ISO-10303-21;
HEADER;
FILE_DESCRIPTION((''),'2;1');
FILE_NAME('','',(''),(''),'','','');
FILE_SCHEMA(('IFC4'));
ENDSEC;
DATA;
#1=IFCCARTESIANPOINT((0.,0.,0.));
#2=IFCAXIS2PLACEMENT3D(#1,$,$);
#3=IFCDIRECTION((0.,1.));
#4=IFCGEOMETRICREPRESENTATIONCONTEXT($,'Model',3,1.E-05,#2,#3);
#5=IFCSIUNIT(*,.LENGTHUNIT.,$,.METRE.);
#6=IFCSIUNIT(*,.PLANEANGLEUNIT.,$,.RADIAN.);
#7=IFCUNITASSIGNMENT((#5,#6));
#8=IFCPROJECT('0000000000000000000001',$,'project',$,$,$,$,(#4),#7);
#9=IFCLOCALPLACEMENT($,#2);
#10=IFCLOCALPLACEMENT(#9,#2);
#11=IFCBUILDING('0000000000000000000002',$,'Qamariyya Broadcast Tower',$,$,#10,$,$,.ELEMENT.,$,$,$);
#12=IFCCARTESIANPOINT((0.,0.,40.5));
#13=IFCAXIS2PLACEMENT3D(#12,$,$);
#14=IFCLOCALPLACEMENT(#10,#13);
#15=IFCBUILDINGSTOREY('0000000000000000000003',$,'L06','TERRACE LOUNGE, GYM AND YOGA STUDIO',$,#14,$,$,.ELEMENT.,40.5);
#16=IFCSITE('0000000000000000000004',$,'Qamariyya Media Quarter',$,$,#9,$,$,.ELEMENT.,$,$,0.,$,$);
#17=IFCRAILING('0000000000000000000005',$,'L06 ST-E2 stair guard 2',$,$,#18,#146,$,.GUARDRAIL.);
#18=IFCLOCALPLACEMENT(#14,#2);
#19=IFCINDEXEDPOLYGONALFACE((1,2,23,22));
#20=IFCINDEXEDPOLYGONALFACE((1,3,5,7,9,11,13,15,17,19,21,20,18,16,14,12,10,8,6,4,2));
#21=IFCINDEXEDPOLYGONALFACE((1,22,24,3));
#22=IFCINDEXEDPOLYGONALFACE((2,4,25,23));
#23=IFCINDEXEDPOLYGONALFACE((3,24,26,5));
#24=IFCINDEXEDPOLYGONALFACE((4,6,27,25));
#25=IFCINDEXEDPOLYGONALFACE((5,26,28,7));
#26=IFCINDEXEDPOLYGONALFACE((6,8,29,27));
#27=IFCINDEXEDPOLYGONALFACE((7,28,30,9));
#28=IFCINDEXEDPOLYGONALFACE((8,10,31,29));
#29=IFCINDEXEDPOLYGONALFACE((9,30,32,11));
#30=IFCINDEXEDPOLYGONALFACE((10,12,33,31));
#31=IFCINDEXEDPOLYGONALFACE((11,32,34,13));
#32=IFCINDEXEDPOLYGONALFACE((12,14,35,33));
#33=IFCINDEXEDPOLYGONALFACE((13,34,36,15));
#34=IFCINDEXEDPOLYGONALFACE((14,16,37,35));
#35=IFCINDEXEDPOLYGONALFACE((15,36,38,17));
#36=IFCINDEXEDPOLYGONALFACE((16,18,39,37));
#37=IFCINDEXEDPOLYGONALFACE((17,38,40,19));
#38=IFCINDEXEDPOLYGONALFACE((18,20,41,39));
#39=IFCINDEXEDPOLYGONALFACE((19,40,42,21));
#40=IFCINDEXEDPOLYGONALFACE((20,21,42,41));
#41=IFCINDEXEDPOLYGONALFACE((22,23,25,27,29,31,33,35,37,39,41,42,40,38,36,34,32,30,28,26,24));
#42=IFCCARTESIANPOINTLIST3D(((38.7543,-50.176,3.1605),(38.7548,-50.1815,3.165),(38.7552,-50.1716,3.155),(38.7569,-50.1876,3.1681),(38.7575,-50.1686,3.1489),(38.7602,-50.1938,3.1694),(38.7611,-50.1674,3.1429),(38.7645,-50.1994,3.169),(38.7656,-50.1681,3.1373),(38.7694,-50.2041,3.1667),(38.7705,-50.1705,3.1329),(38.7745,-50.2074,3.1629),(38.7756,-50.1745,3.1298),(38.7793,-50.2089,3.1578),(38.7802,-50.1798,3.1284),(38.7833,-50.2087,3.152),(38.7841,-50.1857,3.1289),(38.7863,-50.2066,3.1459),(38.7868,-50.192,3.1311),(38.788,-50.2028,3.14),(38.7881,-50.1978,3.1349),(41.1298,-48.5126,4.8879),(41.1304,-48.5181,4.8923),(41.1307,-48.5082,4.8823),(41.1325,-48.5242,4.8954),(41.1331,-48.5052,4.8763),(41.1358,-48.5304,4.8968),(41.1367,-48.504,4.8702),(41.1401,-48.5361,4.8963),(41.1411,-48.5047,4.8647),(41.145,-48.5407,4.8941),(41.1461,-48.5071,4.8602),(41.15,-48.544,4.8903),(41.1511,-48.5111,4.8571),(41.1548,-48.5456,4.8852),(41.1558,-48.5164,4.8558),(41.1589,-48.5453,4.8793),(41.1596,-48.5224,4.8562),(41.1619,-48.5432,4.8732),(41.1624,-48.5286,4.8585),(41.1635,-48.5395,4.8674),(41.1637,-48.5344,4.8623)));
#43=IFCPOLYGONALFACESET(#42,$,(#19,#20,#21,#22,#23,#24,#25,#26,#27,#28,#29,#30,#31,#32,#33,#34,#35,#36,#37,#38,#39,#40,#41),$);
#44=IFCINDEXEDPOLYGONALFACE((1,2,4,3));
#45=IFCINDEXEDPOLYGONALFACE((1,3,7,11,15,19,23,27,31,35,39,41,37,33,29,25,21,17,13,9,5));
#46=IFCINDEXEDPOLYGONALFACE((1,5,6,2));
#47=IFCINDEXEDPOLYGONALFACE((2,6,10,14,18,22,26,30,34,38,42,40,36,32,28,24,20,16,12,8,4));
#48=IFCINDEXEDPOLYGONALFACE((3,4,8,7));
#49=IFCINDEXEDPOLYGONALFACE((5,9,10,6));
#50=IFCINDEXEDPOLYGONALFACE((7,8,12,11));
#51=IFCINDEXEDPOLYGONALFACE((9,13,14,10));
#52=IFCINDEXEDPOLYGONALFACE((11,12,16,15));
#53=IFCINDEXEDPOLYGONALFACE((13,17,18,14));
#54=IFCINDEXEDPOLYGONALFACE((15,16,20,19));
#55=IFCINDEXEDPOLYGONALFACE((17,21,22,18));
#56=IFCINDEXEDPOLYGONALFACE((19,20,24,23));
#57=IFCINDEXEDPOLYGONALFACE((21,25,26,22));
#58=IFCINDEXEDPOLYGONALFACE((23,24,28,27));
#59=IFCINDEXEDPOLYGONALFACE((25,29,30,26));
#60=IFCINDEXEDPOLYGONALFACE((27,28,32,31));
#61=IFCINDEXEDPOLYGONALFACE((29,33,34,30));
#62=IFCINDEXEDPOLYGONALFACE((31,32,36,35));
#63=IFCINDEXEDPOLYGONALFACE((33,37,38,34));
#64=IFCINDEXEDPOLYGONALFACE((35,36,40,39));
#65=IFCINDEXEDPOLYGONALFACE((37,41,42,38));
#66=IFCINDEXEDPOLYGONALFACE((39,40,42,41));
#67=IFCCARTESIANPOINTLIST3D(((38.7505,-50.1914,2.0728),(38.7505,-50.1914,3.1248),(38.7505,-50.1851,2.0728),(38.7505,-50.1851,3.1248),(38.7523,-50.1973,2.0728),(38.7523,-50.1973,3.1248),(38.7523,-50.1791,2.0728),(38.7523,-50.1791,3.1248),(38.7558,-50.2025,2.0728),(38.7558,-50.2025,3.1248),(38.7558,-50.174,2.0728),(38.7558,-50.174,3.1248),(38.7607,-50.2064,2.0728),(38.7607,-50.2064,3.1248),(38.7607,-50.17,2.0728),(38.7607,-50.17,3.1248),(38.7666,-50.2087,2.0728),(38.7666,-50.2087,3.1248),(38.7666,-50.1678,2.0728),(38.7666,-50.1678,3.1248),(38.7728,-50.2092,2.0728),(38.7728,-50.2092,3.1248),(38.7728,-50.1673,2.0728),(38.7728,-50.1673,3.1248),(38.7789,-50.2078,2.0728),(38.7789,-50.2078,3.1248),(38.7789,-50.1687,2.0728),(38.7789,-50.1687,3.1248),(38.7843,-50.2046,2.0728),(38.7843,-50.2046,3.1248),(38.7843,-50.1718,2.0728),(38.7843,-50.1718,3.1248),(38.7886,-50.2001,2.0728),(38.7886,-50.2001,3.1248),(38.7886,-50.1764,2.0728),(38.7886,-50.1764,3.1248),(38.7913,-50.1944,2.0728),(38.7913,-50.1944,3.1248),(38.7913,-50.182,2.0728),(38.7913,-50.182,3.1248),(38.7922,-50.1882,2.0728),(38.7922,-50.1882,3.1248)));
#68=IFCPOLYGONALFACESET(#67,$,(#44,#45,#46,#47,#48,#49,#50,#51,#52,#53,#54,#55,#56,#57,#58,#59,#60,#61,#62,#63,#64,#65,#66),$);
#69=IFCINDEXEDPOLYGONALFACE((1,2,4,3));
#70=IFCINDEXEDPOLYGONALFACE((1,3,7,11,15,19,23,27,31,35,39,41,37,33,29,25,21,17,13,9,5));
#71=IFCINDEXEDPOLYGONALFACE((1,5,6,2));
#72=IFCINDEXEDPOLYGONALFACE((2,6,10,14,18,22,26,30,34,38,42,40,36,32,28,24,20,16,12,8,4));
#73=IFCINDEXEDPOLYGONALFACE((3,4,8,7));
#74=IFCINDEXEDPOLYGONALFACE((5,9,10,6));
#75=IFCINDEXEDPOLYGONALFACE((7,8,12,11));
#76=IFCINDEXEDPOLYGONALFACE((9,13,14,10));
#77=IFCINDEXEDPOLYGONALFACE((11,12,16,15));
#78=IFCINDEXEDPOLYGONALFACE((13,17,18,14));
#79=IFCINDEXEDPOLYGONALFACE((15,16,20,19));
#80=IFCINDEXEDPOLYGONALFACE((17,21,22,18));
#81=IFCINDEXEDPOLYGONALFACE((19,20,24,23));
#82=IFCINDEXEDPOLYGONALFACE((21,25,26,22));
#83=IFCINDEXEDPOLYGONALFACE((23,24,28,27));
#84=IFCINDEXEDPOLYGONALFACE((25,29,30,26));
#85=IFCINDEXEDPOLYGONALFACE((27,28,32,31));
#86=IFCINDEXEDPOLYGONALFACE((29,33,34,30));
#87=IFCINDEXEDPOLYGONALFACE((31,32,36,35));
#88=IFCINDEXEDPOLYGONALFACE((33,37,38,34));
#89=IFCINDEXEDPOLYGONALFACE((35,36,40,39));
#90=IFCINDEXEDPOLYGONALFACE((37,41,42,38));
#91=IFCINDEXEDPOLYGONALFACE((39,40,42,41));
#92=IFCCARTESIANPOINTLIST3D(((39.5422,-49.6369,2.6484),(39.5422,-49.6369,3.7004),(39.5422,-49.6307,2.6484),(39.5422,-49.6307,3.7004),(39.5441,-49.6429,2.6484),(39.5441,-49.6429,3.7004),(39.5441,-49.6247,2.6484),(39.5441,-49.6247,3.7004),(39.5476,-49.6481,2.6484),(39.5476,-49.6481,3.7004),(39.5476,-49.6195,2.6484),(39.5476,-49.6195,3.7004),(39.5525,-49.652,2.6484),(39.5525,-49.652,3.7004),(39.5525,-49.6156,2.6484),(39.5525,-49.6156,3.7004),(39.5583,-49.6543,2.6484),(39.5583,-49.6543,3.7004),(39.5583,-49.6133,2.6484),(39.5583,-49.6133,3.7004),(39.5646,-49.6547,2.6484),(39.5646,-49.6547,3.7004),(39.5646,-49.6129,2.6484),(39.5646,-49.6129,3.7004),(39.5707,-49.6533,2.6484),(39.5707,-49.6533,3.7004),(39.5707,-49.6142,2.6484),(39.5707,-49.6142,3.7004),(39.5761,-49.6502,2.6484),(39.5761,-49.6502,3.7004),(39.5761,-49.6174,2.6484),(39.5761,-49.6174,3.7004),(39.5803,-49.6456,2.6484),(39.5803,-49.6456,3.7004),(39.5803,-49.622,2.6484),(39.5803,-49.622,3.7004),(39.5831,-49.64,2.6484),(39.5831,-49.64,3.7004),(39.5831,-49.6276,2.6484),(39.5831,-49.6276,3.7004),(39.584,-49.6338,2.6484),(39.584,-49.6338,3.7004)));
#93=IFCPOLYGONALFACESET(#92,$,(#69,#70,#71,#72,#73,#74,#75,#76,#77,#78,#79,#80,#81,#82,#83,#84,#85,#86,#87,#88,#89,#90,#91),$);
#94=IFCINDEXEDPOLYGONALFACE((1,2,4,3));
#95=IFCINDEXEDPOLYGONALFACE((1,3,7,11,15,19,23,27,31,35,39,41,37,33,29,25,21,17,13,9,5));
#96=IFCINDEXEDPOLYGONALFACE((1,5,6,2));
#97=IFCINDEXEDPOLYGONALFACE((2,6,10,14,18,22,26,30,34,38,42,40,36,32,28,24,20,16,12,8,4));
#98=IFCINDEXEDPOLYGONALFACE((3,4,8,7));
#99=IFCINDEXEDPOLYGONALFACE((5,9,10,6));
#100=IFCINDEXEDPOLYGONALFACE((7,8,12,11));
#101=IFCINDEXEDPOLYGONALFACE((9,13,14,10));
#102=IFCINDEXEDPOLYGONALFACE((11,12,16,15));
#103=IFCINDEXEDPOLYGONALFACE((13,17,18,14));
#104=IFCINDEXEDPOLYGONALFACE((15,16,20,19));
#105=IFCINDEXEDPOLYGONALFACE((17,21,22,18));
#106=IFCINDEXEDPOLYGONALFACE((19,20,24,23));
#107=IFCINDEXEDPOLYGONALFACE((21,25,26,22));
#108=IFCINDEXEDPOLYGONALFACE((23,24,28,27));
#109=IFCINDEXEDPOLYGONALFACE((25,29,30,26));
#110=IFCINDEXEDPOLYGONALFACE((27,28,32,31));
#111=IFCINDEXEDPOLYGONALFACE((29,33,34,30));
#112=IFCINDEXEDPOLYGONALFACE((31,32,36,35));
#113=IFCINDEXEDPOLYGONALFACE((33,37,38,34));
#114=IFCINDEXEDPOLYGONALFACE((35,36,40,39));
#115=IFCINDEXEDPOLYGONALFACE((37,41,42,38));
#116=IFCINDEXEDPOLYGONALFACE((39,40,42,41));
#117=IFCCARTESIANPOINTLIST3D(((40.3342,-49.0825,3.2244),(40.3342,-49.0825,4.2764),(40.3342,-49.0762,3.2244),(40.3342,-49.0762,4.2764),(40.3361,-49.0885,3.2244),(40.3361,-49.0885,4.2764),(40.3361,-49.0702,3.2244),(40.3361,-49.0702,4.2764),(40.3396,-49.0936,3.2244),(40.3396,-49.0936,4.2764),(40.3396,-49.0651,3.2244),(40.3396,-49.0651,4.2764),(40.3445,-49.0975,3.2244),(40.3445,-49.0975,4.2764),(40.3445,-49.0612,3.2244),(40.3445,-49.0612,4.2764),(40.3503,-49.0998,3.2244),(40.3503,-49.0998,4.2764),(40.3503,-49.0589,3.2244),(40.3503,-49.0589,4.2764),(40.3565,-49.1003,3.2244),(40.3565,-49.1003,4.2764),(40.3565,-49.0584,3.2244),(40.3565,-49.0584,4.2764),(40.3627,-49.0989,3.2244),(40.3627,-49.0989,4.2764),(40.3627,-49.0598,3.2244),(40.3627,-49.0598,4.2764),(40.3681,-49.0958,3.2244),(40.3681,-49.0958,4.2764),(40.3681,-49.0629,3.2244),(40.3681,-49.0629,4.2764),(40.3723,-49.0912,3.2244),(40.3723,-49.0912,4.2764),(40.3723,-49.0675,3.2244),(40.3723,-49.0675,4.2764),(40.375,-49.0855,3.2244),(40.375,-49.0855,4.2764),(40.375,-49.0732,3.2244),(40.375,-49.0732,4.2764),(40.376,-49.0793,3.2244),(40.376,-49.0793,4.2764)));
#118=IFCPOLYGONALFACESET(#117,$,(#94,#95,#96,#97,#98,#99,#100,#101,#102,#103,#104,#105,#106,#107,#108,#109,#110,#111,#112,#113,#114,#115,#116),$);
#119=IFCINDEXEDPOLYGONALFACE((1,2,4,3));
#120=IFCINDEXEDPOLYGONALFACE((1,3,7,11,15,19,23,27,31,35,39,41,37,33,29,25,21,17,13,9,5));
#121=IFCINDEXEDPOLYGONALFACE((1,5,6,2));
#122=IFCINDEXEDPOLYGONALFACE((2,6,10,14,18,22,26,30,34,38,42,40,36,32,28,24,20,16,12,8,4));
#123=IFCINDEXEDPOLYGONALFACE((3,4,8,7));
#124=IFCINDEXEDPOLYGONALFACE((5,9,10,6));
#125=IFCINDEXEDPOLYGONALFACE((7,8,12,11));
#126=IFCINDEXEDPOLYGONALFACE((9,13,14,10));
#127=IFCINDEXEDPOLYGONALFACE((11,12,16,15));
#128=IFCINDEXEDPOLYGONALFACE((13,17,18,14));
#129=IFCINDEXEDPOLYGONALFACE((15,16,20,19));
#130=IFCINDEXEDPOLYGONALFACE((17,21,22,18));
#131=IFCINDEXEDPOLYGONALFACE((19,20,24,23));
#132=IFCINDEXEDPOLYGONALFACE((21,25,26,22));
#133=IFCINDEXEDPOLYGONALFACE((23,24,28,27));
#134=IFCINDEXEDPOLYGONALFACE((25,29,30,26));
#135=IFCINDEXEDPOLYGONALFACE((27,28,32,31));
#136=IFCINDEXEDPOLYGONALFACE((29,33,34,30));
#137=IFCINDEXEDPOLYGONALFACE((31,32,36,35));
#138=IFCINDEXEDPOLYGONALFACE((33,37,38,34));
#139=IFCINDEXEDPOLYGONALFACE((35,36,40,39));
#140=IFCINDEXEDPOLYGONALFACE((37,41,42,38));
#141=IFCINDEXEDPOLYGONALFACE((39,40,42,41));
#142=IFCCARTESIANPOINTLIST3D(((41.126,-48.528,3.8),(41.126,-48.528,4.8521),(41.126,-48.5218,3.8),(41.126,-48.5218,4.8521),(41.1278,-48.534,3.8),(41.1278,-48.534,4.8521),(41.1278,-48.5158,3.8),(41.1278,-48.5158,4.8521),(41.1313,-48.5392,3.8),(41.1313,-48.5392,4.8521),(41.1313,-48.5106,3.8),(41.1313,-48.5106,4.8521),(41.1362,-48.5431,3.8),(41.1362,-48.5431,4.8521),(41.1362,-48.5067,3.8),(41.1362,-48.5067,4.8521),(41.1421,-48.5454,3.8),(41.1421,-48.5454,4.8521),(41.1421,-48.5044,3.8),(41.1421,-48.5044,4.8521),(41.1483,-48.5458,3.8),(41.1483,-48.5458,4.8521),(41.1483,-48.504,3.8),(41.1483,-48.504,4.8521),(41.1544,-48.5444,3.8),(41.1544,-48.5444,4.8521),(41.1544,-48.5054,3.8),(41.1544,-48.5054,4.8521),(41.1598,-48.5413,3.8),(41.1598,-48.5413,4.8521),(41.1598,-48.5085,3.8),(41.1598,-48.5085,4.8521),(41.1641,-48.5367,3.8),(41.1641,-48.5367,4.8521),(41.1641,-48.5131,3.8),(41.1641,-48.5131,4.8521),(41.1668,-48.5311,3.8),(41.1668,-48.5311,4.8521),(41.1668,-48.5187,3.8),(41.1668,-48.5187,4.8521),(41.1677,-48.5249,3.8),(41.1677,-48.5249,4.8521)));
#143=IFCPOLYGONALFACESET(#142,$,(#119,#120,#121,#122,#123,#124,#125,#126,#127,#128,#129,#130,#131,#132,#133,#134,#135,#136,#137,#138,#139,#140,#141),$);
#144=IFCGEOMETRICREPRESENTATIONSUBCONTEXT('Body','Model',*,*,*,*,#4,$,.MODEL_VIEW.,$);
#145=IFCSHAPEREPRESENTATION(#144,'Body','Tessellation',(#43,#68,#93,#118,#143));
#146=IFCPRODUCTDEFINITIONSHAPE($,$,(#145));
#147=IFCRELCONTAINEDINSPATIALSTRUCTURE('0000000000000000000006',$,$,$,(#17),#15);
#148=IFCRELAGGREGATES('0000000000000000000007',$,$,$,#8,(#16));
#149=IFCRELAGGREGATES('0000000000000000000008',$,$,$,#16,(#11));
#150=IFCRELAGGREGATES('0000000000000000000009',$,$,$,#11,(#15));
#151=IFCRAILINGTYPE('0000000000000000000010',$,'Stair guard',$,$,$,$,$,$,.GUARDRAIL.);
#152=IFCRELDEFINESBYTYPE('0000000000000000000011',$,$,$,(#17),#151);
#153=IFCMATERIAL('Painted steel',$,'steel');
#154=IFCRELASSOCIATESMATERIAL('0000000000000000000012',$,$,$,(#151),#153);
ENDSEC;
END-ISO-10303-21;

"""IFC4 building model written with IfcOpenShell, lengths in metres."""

from ifc_helpers import new_model, si_unit, direction, frame, origin, origin_2d, place, context, subcontext, project, spatial, circle, extrude, material, type_object, element, save


model = new_model("IFC4")

# Units and contexts
model_context = context("Model", 3, precision=1e-05, world=origin(), true_north=direction((0.0, 1.0)))
body_context = subcontext(model_context, "Body", "Model", "MODEL_VIEW")
ifc_project = project(units=[si_unit("LENGTHUNIT", "METRE"), si_unit("PLANEANGLEUNIT", "RADIAN")], contexts=[model_context])

# Site, building, storey
site_placement = place(None, origin())
site = spatial("IfcSite", under=ifc_project, at=site_placement, Name="Qamariyya Media Quarter", CompositionType="ELEMENT", RefElevation=0.0)
building_placement = place(site_placement, origin())
building = spatial("IfcBuilding", under=site, at=building_placement, Name="Qamariyya Broadcast Tower", CompositionType="ELEMENT")
storey_placement = place(building_placement, frame((0.0, 0.0, 40.5)))
storey = spatial("IfcBuildingStorey", under=building, at=storey_placement, Name="L06", Description="TERRACE LOUNGE, GYM AND YOGA STUDIO", CompositionType="ELEMENT", Elevation=40.5)

# Railing
ifc_material_1 = material(Name="Painted steel", Category="steel")
railing_type = type_object("IfcRailingType", Name="Stair guard", PredefinedType="GUARDRAIL", material=ifc_material_1)
railing_placement = place(storey_placement, frame((38.7712, -50.1882, 2.0728)))
element("IfcRailing", 1, at=railing_placement, inside=storey, type_object=railing_type, Name="L06 ST-E2 stair guard 2", PredefinedType="GUARDRAIL", context=body_context, shape_type="SweptSolid", body=[
    extrude(circle(Radius=0.0239, at=origin_2d()), frame((0.0, 0.0, 1.0762), z_axis=(0.70377, 0.492784, 0.511734), x_axis=(-0.573575, 0.819153, 0.0)), (0.0, 0.0, 1.0), 3.3755),
    extrude(circle(Radius=0.021, at=origin_2d()), origin(), (0.0, 0.0, 1.0), 1.052),
    extrude(circle(Radius=0.021, at=origin_2d()), frame((0.7917, 0.5544, 0.5757)), (0.0, 0.0, 1.0), 1.052),
    extrude(circle(Radius=0.021, at=origin_2d()), frame((1.5837, 1.1089, 1.1516)), (0.0, 0.0, 1.0), 1.052),
    extrude(circle(Radius=0.021, at=origin_2d()), frame((2.3755, 1.6633, 1.7273)), (0.0, 0.0, 1.0), 1.052),
])

save(model, "model.ifc")
